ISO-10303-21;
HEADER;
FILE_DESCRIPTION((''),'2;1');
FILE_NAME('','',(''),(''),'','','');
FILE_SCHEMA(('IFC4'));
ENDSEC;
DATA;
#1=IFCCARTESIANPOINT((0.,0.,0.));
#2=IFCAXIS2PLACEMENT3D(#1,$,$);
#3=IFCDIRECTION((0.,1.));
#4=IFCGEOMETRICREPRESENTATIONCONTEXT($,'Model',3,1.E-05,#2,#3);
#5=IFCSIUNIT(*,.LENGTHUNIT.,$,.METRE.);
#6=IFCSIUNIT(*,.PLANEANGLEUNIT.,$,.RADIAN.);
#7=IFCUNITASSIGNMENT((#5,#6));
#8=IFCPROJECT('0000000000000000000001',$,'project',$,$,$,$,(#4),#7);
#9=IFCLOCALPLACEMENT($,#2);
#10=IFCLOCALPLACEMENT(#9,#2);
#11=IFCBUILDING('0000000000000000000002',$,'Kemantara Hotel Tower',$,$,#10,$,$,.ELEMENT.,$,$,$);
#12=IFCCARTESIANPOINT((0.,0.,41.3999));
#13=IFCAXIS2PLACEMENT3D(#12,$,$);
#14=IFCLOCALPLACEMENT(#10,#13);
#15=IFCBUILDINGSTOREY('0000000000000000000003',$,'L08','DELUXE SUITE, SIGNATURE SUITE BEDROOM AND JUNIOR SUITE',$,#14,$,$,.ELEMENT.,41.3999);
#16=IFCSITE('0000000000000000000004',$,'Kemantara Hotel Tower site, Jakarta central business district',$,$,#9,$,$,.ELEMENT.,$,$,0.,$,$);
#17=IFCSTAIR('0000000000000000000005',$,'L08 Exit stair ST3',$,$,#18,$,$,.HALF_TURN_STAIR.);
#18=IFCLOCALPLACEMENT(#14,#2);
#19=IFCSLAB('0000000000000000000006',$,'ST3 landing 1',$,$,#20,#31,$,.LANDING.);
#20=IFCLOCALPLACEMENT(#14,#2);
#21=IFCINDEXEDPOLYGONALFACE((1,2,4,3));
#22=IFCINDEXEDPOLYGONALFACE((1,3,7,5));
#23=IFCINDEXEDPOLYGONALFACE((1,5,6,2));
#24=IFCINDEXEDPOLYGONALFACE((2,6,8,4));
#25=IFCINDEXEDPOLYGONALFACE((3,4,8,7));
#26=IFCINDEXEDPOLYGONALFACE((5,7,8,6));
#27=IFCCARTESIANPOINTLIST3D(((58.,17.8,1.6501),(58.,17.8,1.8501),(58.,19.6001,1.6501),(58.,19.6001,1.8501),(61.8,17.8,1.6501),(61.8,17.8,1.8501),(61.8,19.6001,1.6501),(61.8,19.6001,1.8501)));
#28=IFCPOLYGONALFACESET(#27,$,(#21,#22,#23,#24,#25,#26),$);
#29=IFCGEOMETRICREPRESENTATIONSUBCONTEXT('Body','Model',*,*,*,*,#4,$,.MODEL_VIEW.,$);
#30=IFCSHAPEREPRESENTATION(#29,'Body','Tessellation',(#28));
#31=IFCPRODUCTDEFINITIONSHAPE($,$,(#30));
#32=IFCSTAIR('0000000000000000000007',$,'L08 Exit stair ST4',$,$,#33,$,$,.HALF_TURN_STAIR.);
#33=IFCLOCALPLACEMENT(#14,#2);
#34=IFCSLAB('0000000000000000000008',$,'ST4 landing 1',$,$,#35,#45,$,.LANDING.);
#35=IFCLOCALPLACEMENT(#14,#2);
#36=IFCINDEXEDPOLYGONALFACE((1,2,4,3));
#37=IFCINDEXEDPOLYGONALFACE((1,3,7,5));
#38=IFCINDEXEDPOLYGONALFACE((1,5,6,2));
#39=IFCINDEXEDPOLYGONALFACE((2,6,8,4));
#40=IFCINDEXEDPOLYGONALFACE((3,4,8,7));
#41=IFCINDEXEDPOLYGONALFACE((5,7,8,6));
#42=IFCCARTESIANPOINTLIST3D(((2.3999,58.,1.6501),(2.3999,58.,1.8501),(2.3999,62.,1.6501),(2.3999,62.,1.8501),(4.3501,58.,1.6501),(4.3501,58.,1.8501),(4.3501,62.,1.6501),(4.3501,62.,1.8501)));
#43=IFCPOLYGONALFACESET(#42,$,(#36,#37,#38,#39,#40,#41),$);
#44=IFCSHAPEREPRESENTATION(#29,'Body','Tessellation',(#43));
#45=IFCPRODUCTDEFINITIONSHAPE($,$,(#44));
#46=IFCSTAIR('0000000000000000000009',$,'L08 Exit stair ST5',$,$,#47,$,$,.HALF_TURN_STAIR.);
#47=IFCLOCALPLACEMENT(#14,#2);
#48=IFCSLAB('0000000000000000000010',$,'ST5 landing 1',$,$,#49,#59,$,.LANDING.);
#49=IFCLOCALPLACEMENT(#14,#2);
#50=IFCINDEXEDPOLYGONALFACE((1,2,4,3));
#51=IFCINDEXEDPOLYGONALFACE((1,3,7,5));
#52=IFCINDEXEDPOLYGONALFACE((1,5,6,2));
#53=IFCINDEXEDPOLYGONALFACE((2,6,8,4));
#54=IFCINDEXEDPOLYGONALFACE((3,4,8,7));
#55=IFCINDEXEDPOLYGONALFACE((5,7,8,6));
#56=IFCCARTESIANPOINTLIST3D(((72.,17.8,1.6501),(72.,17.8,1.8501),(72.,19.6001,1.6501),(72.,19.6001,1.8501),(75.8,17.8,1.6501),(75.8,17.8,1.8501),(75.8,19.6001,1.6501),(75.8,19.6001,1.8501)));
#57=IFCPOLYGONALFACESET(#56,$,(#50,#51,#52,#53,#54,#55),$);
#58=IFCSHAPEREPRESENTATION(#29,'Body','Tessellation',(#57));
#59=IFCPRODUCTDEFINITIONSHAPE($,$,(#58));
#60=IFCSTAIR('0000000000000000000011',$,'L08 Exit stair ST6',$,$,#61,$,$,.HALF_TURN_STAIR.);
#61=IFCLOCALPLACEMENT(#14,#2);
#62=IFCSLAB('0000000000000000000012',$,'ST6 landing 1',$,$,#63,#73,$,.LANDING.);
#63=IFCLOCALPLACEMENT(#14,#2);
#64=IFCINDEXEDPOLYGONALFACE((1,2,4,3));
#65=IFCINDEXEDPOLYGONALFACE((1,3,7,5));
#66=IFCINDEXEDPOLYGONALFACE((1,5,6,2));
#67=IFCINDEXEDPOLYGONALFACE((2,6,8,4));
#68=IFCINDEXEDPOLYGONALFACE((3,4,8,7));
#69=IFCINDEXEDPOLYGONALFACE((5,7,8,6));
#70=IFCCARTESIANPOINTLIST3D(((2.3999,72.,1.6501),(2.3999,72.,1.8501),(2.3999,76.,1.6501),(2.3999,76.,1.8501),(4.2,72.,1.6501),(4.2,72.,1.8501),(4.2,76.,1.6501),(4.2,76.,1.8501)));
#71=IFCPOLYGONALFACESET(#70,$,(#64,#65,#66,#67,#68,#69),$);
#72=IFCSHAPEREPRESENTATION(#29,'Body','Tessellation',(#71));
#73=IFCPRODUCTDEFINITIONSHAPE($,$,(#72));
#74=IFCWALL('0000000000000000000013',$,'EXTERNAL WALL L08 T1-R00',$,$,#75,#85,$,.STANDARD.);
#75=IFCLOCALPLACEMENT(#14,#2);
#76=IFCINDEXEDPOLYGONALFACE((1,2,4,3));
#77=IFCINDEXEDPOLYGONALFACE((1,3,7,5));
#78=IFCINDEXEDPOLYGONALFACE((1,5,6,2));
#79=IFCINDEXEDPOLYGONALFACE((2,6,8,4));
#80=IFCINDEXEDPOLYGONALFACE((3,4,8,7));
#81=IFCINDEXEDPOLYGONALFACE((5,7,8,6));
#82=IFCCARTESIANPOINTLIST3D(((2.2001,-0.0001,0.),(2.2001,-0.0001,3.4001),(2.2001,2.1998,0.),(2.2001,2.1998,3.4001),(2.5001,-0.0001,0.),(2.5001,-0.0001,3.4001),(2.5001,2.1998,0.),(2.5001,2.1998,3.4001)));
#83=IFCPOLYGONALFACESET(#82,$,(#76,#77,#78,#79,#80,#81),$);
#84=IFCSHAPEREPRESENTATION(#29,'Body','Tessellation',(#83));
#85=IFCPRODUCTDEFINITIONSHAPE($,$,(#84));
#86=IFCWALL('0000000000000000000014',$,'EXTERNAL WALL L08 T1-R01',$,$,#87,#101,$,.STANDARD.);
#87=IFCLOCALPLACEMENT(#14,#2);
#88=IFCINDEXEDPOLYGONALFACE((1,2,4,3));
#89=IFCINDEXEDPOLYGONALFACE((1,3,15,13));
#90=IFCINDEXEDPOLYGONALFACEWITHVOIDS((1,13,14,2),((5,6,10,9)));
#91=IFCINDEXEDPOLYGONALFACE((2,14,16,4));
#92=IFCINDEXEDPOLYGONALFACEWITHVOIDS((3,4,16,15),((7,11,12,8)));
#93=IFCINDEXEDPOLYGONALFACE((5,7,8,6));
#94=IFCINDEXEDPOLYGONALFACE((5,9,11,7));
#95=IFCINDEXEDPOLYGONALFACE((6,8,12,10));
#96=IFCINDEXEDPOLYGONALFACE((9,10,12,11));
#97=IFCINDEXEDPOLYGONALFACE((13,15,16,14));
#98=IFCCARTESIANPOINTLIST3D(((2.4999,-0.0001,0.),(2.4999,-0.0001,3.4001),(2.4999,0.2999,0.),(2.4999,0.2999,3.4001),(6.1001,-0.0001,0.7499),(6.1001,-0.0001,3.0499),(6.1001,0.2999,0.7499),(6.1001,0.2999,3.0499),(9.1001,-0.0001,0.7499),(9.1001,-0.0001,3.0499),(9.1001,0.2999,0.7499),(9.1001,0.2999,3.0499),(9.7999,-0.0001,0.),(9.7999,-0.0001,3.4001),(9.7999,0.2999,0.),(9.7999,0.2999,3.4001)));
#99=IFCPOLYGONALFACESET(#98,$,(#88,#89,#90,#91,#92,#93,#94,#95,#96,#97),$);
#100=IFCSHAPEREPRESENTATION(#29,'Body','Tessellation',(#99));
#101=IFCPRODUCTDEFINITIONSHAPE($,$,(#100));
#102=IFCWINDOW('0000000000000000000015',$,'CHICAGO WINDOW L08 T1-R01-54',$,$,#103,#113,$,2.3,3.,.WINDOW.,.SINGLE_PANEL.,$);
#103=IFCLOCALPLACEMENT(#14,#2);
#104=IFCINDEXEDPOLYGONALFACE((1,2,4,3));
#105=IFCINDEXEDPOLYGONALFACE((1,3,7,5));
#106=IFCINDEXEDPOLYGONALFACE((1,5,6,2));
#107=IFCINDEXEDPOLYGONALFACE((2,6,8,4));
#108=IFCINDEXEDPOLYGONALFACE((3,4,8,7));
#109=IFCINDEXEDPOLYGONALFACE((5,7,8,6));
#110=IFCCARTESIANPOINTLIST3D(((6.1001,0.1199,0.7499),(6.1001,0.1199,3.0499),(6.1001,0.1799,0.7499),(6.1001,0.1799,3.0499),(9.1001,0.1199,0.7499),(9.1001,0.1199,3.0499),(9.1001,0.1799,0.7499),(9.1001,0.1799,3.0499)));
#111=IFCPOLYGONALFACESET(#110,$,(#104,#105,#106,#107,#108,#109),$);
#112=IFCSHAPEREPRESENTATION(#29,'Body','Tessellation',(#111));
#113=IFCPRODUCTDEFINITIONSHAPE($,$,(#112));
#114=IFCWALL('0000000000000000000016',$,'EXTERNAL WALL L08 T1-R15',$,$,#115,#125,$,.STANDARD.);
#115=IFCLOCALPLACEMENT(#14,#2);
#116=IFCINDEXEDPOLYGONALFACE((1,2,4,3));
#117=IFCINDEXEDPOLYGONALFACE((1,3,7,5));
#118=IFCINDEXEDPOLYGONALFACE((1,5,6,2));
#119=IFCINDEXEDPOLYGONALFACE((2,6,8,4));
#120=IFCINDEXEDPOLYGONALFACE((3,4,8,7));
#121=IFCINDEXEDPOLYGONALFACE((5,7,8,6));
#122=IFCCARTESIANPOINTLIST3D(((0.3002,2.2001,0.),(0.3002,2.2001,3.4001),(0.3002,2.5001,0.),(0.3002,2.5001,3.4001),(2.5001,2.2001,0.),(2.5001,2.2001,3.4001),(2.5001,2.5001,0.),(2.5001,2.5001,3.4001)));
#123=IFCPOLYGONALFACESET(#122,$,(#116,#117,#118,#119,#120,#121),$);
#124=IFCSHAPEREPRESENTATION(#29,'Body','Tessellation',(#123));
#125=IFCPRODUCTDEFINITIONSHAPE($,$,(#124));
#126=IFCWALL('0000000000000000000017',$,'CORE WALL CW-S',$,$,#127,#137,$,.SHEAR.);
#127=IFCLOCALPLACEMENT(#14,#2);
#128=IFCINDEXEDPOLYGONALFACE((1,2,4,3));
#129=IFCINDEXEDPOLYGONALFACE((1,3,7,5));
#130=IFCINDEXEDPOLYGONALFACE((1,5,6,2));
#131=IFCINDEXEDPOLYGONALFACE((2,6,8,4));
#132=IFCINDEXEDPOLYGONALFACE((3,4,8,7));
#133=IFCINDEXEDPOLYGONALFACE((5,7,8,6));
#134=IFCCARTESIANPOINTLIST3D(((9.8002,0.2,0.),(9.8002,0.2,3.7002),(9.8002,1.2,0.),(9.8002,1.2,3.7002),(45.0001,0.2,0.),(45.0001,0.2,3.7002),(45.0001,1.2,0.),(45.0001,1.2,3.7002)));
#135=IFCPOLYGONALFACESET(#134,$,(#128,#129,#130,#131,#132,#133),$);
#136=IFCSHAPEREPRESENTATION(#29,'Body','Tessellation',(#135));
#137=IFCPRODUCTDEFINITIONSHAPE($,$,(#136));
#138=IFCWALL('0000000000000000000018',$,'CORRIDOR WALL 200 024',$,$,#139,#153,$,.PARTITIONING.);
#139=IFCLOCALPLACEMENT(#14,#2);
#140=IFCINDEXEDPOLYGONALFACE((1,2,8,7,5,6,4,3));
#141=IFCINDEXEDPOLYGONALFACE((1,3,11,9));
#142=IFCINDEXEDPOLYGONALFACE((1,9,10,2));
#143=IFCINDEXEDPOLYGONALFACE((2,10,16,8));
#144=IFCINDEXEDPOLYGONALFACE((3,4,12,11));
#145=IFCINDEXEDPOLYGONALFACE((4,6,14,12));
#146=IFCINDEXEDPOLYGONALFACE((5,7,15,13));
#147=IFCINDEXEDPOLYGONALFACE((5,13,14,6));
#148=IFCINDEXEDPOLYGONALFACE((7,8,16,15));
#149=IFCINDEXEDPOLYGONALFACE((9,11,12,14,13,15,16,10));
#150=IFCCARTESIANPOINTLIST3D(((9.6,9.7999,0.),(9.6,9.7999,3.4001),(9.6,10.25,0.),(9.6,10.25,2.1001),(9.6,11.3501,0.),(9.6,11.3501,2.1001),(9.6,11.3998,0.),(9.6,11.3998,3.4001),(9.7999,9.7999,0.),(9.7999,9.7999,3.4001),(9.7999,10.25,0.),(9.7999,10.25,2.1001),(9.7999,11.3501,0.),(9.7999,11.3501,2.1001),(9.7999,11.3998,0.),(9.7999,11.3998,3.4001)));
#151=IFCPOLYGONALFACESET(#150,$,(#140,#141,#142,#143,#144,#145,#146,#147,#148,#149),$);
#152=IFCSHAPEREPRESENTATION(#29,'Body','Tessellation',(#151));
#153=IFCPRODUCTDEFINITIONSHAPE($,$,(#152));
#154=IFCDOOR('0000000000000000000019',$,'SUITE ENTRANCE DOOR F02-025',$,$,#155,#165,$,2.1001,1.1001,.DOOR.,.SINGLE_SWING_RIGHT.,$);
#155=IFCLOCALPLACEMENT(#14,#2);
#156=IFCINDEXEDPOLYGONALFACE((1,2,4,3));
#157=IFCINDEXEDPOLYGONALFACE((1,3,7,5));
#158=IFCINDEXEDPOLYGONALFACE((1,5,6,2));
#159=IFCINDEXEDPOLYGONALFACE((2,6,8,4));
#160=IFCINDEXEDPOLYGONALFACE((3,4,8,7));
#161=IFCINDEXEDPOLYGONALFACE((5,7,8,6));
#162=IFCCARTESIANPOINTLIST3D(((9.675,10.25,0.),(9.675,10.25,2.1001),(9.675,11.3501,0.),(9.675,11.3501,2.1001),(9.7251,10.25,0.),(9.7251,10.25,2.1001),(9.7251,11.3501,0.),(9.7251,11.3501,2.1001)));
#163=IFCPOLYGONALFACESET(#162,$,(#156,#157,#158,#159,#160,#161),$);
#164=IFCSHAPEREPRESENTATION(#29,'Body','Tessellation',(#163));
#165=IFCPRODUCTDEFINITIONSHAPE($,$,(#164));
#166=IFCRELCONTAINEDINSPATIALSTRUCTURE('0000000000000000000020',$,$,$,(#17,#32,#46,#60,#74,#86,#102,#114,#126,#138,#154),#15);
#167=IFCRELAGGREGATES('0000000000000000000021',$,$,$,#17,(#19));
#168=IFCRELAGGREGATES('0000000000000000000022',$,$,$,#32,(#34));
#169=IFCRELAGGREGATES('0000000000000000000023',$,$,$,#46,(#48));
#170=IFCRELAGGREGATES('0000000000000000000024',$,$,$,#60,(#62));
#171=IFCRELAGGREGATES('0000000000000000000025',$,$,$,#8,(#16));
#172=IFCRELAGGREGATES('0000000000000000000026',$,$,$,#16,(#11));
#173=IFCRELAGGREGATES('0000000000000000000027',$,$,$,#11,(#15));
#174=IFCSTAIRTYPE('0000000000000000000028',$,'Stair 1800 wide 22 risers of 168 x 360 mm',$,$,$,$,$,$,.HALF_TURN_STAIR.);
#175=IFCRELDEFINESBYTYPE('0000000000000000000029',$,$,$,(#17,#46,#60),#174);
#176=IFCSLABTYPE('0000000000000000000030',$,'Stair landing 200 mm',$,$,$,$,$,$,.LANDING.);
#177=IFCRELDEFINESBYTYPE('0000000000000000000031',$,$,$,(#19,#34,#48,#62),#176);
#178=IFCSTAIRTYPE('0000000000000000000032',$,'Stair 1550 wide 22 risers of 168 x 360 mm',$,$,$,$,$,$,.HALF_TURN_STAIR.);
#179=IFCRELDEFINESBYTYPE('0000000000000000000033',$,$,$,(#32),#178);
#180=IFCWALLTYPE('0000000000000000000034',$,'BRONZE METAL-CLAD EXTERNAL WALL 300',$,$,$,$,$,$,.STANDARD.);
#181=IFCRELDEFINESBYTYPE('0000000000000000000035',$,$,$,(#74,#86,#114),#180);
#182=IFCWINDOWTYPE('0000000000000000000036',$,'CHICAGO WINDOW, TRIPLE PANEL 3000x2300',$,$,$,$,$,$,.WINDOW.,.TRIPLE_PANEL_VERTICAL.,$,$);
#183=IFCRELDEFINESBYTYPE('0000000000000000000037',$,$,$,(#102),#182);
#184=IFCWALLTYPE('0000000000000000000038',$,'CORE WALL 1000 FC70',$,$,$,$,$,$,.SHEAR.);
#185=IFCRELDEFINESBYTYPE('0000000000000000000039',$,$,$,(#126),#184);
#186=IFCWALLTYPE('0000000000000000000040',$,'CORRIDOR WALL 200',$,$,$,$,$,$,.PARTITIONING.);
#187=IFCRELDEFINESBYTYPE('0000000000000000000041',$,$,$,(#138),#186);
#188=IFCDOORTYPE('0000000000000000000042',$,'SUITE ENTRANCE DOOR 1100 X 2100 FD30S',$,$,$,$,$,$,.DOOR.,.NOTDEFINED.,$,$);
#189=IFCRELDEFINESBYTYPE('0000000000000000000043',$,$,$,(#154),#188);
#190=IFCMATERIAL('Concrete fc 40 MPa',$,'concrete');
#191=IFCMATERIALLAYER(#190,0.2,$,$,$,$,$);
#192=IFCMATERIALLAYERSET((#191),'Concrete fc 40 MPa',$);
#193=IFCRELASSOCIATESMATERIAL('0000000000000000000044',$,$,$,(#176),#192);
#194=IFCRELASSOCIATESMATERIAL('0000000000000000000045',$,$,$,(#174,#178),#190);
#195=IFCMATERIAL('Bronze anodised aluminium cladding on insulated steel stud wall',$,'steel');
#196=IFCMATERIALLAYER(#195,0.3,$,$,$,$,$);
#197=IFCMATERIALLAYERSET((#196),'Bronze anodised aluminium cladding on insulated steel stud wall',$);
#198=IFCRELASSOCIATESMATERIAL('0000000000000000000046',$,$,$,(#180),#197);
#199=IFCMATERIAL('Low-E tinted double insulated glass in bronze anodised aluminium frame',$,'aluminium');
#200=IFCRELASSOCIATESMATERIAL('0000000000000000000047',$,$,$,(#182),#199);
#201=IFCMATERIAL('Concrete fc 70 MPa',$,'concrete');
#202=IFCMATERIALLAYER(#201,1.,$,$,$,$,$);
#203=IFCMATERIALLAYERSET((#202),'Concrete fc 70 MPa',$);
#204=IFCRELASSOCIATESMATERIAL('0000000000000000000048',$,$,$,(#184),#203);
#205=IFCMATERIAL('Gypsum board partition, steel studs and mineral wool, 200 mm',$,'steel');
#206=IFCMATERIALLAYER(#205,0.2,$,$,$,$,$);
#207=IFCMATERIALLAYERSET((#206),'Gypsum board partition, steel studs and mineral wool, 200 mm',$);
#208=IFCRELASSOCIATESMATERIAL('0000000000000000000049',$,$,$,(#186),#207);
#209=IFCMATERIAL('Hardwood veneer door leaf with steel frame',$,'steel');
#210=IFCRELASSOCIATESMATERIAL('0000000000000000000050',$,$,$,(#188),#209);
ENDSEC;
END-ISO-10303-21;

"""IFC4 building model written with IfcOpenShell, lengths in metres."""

from ifc_helpers import new_model, si_unit, direction, frame, frame_2d, origin, place, context, subcontext, project, spatial, polyline, rectangle, outline, extrude, material, layer, layer_set, type_object, element, fill, aggregate, save


model = new_model("IFC4")

# Units and contexts
model_context = context("Model", 3, precision=1e-05, world=origin(), true_north=direction((0.0, 1.0)))
body_context = subcontext(model_context, "Body", "Model", "MODEL_VIEW")
ifc_project = project(units=[si_unit("LENGTHUNIT", "METRE"), si_unit("PLANEANGLEUNIT", "RADIAN")], contexts=[model_context])

# Site, building, storey
site_placement = place(None, origin())
site = spatial("IfcSite", under=ifc_project, at=site_placement, Name="Kemantara Hotel Tower site, Jakarta central business district", CompositionType="ELEMENT", RefElevation=0.0)
building_placement = place(site_placement, origin())
building = spatial("IfcBuilding", under=site, at=building_placement, Name="Kemantara Hotel Tower", CompositionType="ELEMENT")
storey_placement = place(building_placement, frame((0.0, 0.0, 41.3999)))
storey = spatial("IfcBuildingStorey", under=building, at=storey_placement, Name="L08", Description="DELUXE SUITE, SIGNATURE SUITE BEDROOM AND JUNIOR SUITE", CompositionType="ELEMENT", Elevation=41.3999)

# Shared definitions
ifc_material_1 = material(Name="Concrete fc 70 MPa", Category="concrete")

# Shared definitions
ifc_material_2 = material(Name="Concrete fc 40 MPa", Category="concrete")

# Stairs, slabs
ifc_layer_1 = layer(ifc_material_2, 0.2)
ifc_layer_set_1 = layer_set([ifc_layer_1], Name="Concrete fc 40 MPa")
slab_type_1 = type_object("IfcSlabType", Name="Stair landing 200 mm", PredefinedType="LANDING", material=ifc_layer_set_1)
stair_type_1 = type_object("IfcStairType", Name="Stair 1800 wide 22 risers of 168 x 360 mm", PredefinedType="HALF_TURN_STAIR", material=ifc_material_2)
stair_1_placement = place(storey_placement, origin())
stair_1 = element("IfcStair", 1, at=stair_1_placement, inside=storey, type_object=stair_type_1, Name="L08 Exit stair ST3", PredefinedType="HALF_TURN_STAIR")
slab_1_placement = place(storey_placement, frame((0.0, 0.0, 1.6501)))
slab_1 = element("IfcSlab", 2, at=slab_1_placement, type_object=slab_type_1, Name="ST3 landing 1", PredefinedType="LANDING", context=body_context, shape_type="SweptSolid", body=[
    extrude(outline(polyline([(61.8, 17.8), (61.8, 19.6001), (58.0, 19.6001), (58.0, 17.8), (61.8, 17.8)])), origin(), (0.0, 0.0, 1.0), 0.2),
])
aggregate(stair_1, [slab_1])
stair_type_2 = type_object("IfcStairType", Name="Stair 1550 wide 22 risers of 168 x 360 mm", PredefinedType="HALF_TURN_STAIR", material=ifc_material_2)
stair_2_placement = place(storey_placement, origin())
stair_2 = element("IfcStair", 3, at=stair_2_placement, inside=storey, type_object=stair_type_2, Name="L08 Exit stair ST4", PredefinedType="HALF_TURN_STAIR")
slab_2_placement = place(storey_placement, frame((0.0, 0.0, 1.6501)))
slab_2 = element("IfcSlab", 4, at=slab_2_placement, type_object=slab_type_1, Name="ST4 landing 1", PredefinedType="LANDING", context=body_context, shape_type="SweptSolid", body=[
    extrude(outline(polyline([(4.3501, 62.0), (2.3999, 62.0), (2.3999, 58.0), (4.3501, 58.0), (4.3501, 62.0)])), origin(), (0.0, 0.0, 1.0), 0.2),
])
aggregate(stair_2, [slab_2])
stair_3_placement = place(storey_placement, origin())
stair_3 = element("IfcStair", 5, at=stair_3_placement, inside=storey, type_object=stair_type_1, Name="L08 Exit stair ST5", PredefinedType="HALF_TURN_STAIR")
slab_3_placement = place(storey_placement, frame((0.0, 0.0, 1.6501)))
slab_3 = element("IfcSlab", 6, at=slab_3_placement, type_object=slab_type_1, Name="ST5 landing 1", PredefinedType="LANDING", context=body_context, shape_type="SweptSolid", body=[
    extrude(outline(polyline([(75.8, 17.8), (75.8, 19.6001), (72.0, 19.6001), (72.0, 17.8), (75.8, 17.8)])), origin(), (0.0, 0.0, 1.0), 0.2),
])
aggregate(stair_3, [slab_3])
stair_4_placement = place(storey_placement, origin())
stair_4 = element("IfcStair", 7, at=stair_4_placement, inside=storey, type_object=stair_type_1, Name="L08 Exit stair ST6", PredefinedType="HALF_TURN_STAIR")
slab_4_placement = place(storey_placement, frame((0.0, 0.0, 1.6501)))
slab_4 = element("IfcSlab", 8, at=slab_4_placement, type_object=slab_type_1, Name="ST6 landing 1", PredefinedType="LANDING", context=body_context, shape_type="SweptSolid", body=[
    extrude(outline(polyline([(4.2, 76.0), (2.3999, 76.0), (2.3999, 72.0), (4.2, 72.0), (4.2, 76.0)])), origin(), (0.0, 0.0, 1.0), 0.2),
])
aggregate(stair_4, [slab_4])

# Wall
ifc_material_3 = material(Name="Bronze anodised aluminium cladding on insulated steel stud wall", Category="steel")
ifc_layer_2 = layer(ifc_material_3, 0.3)
ifc_layer_set_2 = layer_set([ifc_layer_2], Name="Bronze anodised aluminium cladding on insulated steel stud wall")
wall_type_1 = type_object("IfcWallType", Name="BRONZE METAL-CLAD EXTERNAL WALL 300", PredefinedType="STANDARD", material=ifc_layer_set_2)
wall_1_placement = place(storey_placement, frame((2.3501, 2.2, 0.0), z_axis=(0.0, 0.0, 1.0), x_axis=(0.0, -1.0, 0.0)))
element("IfcWall", 9, at=wall_1_placement, inside=storey, type_object=wall_type_1, Name="EXTERNAL WALL L08 T1-R00", PredefinedType="STANDARD", context=body_context, shape_type="SweptSolid", body=[
    extrude(rectangle(XDim=2.2, YDim=0.3, at=frame_2d((1.1001, 0.0))), origin(), (0.0, 0.0, 1.0), 3.4001),
])

# Wall, opening, window
wall_2_placement = place(storey_placement, frame((2.5, 0.1499, 0.0), z_axis=(0.0, 0.0, 1.0), x_axis=(1.0, 0.0, 0.0)))
wall_2 = element("IfcWall", 10, at=wall_2_placement, inside=storey, type_object=wall_type_1, Name="EXTERNAL WALL L08 T1-R01", PredefinedType="STANDARD", context=body_context, shape_type="SweptSolid", body=[
    extrude(rectangle(XDim=7.3, YDim=0.3, at=frame_2d((3.6499, 0.0))), origin(), (0.0, 0.0, 1.0), 3.4001),
])
opening_1_placement = place(wall_2_placement, frame((3.6001, 0.0, 0.75)))
opening_1 = element("IfcOpeningElement", 11, at=opening_1_placement, cuts=wall_2, PredefinedType="OPENING", context=body_context, shape_type="SweptSolid", body=[
    extrude(rectangle(XDim=3.0, YDim=2.3, at=frame_2d((1.5, 1.1499))), frame((0.0, 0.1599, 0.0), z_axis=(0.0, -1.0, 0.0), x_axis=(1.0, 0.0, 0.0)), (0.0, 0.0, 1.0), 0.3201),
])
ifc_material_4 = material(Name="Low-E tinted double insulated glass in bronze anodised aluminium frame", Category="aluminium")
window_type = type_object("IfcWindowType", Name="CHICAGO WINDOW, TRIPLE PANEL 3000x2300", PartitioningType="TRIPLE_PANEL_VERTICAL", PredefinedType="WINDOW", material=ifc_material_4)
window_placement = place(opening_1_placement, origin())
window = element("IfcWindow", 12, at=window_placement, inside=storey, type_object=window_type, Name="CHICAGO WINDOW L08 T1-R01-54", OverallHeight=2.3, OverallWidth=3.0, PartitioningType="SINGLE_PANEL", PredefinedType="WINDOW", context=body_context, shape_type="SweptSolid", body=[
    extrude(rectangle(XDim=3.0, YDim=2.3, at=frame_2d((1.5, 1.1499))), frame((0.0, 0.03, 0.0), z_axis=(0.0, -1.0, 0.0), x_axis=(1.0, 0.0, 0.0)), (0.0, 0.0, 1.0), 0.0601),
])
fill(opening_1, window)

# Walls
wall_3_placement = place(storey_placement, frame((0.3, 2.3501, 0.0), z_axis=(0.0, 0.0, 1.0), x_axis=(1.0, 0.0, 0.0)))
element("IfcWall", 13, at=wall_3_placement, inside=storey, type_object=wall_type_1, Name="EXTERNAL WALL L08 T1-R15", PredefinedType="STANDARD", context=body_context, shape_type="SweptSolid", body=[
    extrude(rectangle(XDim=2.2, YDim=0.3, at=frame_2d((1.1001, 0.0))), origin(), (0.0, 0.0, 1.0), 3.4001),
])
ifc_layer_3 = layer(ifc_material_1, 1.0)
ifc_layer_set_3 = layer_set([ifc_layer_3], Name="Concrete fc 70 MPa")
wall_type_2 = type_object("IfcWallType", Name="CORE WALL 1000 FC70", PredefinedType="SHEAR", material=ifc_layer_set_3)
wall_4_placement = place(storey_placement, frame((9.8, 0.7, 0.0), z_axis=(0.0, 0.0, 1.0), x_axis=(1.0, 0.0, 0.0)))
element("IfcWall", 14, at=wall_4_placement, inside=storey, type_object=wall_type_2, Name="CORE WALL CW-S", PredefinedType="SHEAR", context=body_context, shape_type="SweptSolid", body=[
    extrude(rectangle(XDim=35.2, YDim=1.0, at=frame_2d((17.6001, 0.0))), origin(), (0.0, 0.0, 1.0), 3.7002),
])

# Wall, opening, door
ifc_material_5 = material(Name="Gypsum board partition, steel studs and mineral wool, 200 mm", Category="steel")
ifc_layer_4 = layer(ifc_material_5, 0.2)
ifc_layer_set_4 = layer_set([ifc_layer_4], Name="Gypsum board partition, steel studs and mineral wool, 200 mm")
wall_type_3 = type_object("IfcWallType", Name="CORRIDOR WALL 200", PredefinedType="PARTITIONING", material=ifc_layer_set_4)
wall_5_placement = place(storey_placement, frame((9.7, 9.8, 0.0), z_axis=(0.0, 0.0, 1.0), x_axis=(0.0, 1.0, 0.0)))
wall_5 = element("IfcWall", 15, at=wall_5_placement, inside=storey, type_object=wall_type_3, Name="CORRIDOR WALL 200 024", PredefinedType="PARTITIONING", context=body_context, shape_type="SweptSolid", body=[
    extrude(rectangle(XDim=1.5999, YDim=0.2, at=frame_2d((0.7998, 0.0))), origin(), (0.0, 0.0, 1.0), 3.4001),
])
opening_2_placement = place(wall_5_placement, frame((0.45, 0.0, 0.0)))
opening_2 = element("IfcOpeningElement", 16, at=opening_2_placement, cuts=wall_5, PredefinedType="OPENING", context=body_context, shape_type="SweptSolid", body=[
    extrude(rectangle(XDim=1.1001, YDim=2.1001, at=frame_2d((0.55, 1.05))), frame((0.0, 0.1099, 0.0), z_axis=(0.0, -1.0, 0.0), x_axis=(1.0, 0.0, 0.0)), (0.0, 0.0, 1.0), 0.22),
])
ifc_material_6 = material(Name="Hardwood veneer door leaf with steel frame", Category="steel")
door_type_1 = type_object("IfcDoorType", Name="SUITE ENTRANCE DOOR 1100 X 2100 FD30S", OperationType="NOTDEFINED", PredefinedType="DOOR", material=ifc_material_6)
door_1_placement = place(opening_2_placement, origin())
door_1 = element("IfcDoor", 17, at=door_1_placement, inside=storey, type_object=door_type_1, Name="SUITE ENTRANCE DOOR F02-025", OperationType="SINGLE_SWING_RIGHT", OverallHeight=2.1001, OverallWidth=1.1001, PredefinedType="DOOR", context=body_context, shape_type="SweptSolid", body=[
    extrude(rectangle(XDim=1.1001, YDim=2.1001, at=frame_2d((0.55, 1.05))), frame((0.0, 0.0249, 0.0), z_axis=(0.0, -1.0, 0.0), x_axis=(1.0, 0.0, 0.0)), (0.0, 0.0, 1.0), 0.05),
])
fill(opening_2, door_1)

save(model, "model.ifc")
